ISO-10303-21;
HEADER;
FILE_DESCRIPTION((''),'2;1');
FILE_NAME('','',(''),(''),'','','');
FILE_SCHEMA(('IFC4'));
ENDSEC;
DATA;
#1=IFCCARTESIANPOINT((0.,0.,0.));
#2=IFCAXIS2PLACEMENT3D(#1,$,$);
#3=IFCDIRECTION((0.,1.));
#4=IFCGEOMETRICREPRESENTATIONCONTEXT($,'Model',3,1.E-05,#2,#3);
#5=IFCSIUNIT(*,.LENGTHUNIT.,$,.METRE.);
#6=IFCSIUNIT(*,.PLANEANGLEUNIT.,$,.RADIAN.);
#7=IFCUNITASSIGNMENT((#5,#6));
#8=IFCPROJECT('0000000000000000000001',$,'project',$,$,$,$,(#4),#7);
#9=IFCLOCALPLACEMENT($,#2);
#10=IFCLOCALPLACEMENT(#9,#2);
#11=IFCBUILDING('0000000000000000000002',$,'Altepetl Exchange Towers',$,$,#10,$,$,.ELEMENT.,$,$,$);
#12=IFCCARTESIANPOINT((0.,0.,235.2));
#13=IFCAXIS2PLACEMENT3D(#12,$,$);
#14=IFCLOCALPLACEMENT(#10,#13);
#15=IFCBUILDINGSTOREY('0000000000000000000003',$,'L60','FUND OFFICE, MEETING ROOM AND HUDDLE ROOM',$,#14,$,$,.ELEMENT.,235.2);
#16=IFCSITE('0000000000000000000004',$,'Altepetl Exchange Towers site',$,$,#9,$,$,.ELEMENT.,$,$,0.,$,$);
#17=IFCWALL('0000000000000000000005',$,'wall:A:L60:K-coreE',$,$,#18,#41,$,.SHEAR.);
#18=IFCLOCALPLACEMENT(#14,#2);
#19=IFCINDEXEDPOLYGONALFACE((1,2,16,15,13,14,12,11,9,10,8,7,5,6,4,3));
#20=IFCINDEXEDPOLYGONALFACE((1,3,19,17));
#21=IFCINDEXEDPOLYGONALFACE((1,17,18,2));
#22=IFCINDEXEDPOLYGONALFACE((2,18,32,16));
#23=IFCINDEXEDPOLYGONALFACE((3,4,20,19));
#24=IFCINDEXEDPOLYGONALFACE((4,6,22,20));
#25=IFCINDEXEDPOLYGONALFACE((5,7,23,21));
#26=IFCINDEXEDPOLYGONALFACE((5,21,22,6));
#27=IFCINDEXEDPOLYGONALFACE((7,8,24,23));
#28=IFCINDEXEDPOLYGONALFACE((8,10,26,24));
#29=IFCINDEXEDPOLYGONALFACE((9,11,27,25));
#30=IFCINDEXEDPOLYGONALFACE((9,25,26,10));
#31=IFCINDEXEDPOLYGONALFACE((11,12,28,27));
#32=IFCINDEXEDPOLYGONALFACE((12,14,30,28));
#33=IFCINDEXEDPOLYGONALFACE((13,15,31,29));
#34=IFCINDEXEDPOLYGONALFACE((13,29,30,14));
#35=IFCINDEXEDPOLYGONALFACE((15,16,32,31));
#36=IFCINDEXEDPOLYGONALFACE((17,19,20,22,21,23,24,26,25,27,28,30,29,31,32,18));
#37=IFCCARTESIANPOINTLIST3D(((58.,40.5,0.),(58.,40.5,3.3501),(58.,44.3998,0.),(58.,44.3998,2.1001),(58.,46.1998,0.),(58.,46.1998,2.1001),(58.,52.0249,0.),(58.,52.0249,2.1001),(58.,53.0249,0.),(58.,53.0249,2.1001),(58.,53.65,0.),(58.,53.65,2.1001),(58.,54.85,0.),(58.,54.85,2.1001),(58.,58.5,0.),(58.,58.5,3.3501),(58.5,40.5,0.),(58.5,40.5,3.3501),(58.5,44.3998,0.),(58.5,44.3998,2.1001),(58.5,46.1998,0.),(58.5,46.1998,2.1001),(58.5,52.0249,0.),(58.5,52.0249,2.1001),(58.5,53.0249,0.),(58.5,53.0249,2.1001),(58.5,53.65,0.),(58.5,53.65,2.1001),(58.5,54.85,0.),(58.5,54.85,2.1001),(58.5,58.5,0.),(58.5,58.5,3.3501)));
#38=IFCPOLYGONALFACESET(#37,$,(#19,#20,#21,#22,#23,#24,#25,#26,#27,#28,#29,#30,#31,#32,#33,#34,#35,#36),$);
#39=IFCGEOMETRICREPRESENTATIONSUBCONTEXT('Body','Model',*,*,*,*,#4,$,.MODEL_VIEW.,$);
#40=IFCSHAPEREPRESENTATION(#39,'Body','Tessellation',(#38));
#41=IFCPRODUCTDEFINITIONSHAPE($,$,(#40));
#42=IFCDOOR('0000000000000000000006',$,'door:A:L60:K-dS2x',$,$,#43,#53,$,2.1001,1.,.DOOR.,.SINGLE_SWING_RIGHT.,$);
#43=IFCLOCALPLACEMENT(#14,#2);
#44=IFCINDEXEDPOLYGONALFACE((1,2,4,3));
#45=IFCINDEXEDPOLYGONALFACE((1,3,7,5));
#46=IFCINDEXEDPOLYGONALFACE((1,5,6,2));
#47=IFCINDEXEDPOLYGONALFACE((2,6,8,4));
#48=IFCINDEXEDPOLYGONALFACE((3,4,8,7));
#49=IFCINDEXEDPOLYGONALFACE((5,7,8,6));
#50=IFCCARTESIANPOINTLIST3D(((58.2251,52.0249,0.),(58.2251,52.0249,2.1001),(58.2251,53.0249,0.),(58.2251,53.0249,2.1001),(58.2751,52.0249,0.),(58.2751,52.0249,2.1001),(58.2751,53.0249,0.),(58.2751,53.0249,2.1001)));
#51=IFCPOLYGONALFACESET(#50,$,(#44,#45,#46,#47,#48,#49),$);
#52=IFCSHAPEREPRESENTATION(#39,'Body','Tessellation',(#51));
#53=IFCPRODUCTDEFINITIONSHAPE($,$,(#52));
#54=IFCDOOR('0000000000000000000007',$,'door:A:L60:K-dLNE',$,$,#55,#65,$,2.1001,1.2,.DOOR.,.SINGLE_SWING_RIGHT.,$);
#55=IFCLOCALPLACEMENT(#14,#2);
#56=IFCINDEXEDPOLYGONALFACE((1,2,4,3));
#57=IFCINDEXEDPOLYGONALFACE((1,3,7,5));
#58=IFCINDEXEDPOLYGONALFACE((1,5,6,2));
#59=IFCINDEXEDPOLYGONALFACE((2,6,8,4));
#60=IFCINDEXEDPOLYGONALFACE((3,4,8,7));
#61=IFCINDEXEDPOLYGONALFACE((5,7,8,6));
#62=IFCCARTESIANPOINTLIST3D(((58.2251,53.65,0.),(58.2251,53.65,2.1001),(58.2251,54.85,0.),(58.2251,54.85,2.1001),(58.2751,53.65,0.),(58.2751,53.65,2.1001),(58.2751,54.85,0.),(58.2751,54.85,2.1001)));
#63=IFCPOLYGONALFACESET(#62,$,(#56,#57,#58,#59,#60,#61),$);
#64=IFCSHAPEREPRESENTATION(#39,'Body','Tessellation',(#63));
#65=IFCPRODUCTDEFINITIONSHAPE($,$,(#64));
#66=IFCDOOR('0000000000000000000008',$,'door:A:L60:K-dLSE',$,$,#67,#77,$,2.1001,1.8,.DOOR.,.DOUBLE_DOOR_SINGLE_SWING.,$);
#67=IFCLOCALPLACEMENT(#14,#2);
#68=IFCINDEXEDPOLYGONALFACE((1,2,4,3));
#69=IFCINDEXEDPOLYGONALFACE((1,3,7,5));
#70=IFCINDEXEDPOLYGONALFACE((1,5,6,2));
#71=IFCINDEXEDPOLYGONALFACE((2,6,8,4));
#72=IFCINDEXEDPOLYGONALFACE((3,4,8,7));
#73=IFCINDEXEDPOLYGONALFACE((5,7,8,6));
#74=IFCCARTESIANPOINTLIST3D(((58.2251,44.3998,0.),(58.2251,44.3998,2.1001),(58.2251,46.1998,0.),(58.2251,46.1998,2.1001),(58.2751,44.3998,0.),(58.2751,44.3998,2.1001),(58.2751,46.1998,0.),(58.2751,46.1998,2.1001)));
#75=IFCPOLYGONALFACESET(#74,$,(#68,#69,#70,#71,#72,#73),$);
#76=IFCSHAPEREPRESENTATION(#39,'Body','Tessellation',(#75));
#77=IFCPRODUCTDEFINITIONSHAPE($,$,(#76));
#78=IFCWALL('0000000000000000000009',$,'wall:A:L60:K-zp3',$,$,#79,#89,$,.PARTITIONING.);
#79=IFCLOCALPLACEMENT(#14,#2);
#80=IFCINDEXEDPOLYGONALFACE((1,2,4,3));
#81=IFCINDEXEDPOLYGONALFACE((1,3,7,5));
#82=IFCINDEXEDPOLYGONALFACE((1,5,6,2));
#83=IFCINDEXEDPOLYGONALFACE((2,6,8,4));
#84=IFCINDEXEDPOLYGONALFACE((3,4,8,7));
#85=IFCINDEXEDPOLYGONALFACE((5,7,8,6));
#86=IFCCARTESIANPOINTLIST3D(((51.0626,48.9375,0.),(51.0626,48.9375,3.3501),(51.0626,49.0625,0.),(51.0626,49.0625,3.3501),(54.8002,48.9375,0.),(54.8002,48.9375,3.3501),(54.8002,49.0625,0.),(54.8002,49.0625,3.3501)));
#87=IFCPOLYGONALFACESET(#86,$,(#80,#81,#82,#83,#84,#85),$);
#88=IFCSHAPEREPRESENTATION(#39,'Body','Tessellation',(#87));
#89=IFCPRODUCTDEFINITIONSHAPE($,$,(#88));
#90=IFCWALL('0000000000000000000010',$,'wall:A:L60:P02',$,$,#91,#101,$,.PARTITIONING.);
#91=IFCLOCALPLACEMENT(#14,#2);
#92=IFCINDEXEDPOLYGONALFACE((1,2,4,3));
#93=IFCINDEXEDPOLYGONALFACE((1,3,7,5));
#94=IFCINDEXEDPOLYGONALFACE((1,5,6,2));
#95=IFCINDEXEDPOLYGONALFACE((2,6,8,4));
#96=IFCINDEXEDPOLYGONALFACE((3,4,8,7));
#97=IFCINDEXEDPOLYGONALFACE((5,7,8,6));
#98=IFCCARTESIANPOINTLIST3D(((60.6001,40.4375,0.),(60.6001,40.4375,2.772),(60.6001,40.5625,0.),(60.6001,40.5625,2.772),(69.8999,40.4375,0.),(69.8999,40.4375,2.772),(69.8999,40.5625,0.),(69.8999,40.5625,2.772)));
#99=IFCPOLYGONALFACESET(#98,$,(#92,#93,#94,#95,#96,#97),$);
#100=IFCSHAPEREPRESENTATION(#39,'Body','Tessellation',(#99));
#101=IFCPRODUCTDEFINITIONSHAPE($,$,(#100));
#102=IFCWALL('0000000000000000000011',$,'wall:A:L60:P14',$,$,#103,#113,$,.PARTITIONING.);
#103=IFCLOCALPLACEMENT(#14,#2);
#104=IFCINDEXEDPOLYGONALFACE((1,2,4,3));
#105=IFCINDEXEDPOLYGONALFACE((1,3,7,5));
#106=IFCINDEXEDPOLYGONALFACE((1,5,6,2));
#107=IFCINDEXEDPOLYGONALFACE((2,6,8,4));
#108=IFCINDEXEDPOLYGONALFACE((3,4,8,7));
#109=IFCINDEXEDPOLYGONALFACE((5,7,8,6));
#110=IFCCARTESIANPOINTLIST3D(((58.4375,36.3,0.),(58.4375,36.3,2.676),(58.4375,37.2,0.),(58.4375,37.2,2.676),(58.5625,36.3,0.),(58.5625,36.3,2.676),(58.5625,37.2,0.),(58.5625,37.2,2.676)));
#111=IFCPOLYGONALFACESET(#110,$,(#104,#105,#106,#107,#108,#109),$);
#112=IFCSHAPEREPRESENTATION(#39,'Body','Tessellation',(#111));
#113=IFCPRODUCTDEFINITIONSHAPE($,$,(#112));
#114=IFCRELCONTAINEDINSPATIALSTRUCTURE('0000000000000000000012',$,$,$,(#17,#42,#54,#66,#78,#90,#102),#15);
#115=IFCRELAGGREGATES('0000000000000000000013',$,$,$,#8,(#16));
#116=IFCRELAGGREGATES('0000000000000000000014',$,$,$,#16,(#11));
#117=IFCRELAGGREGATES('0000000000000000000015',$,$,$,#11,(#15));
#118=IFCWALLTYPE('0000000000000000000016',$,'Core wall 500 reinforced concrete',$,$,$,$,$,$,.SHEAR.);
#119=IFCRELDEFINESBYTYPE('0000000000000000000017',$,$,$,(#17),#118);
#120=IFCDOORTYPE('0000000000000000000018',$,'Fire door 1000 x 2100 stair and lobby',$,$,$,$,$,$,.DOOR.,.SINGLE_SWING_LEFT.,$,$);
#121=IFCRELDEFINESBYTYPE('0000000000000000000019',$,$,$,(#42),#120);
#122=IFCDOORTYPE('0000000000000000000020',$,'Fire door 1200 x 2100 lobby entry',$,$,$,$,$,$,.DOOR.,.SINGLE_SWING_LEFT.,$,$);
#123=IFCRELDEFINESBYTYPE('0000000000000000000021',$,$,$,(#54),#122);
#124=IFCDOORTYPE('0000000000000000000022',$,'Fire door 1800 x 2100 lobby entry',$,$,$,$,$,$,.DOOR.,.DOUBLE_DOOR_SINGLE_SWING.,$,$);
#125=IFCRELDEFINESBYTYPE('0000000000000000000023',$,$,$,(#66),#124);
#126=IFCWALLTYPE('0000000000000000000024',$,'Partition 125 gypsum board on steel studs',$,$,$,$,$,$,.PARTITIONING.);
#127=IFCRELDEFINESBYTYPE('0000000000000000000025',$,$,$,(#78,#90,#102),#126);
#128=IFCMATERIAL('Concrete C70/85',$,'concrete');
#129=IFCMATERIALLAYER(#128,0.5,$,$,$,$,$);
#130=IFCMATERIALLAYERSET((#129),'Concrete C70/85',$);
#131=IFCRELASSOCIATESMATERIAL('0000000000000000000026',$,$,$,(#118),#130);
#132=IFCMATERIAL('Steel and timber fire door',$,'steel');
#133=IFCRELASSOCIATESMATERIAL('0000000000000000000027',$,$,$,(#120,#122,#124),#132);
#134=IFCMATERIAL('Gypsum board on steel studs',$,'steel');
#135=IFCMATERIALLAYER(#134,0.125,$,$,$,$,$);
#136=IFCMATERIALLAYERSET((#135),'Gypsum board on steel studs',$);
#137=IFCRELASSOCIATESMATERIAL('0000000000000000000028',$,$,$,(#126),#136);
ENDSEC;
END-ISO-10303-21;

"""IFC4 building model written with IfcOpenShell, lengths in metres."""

from ifc_helpers import new_model, si_unit, direction, frame, frame_2d, origin, place, context, subcontext, project, spatial, rectangle, extrude, material, layer, layer_set, type_object, element, fill, save


model = new_model("IFC4")

# Units and contexts
model_context = context("Model", 3, precision=1e-05, world=origin(), true_north=direction((0.0, 1.0)))
body_context = subcontext(model_context, "Body", "Model", "MODEL_VIEW")
ifc_project = project(units=[si_unit("LENGTHUNIT", "METRE"), si_unit("PLANEANGLEUNIT", "RADIAN")], contexts=[model_context])

# Site, building, storey
site_placement = place(None, origin())
site = spatial("IfcSite", under=ifc_project, at=site_placement, Name="Altepetl Exchange Towers site", CompositionType="ELEMENT", RefElevation=0.0)
building_placement = place(site_placement, origin())
building = spatial("IfcBuilding", under=site, at=building_placement, Name="Altepetl Exchange Towers", CompositionType="ELEMENT")
storey_placement = place(building_placement, frame((0.0, 0.0, 235.2)))
storey = spatial("IfcBuildingStorey", under=building, at=storey_placement, Name="L60", Description="FUND OFFICE, MEETING ROOM AND HUDDLE ROOM", CompositionType="ELEMENT", Elevation=235.2)

# Shared definitions
ifc_material_1 = material(Name="Concrete C70/85", Category="concrete")

# Wall, openings, doors
ifc_layer_1 = layer(ifc_material_1, 0.5)
ifc_layer_set_1 = layer_set([ifc_layer_1], Name="Concrete C70/85")
wall_type_1 = type_object("IfcWallType", Name="Core wall 500 reinforced concrete", PredefinedType="SHEAR", material=ifc_layer_set_1)
wall_1_placement = place(storey_placement, frame((58.25, 40.5, 0.0), z_axis=(0.0, 0.0, 1.0), x_axis=(0.0, 1.0, 0.0)))
wall_1 = element("IfcWall", 1, at=wall_1_placement, inside=storey, type_object=wall_type_1, Name="wall:A:L60:K-coreE", PredefinedType="SHEAR", context=body_context, shape_type="SweptSolid", body=[
    extrude(rectangle(XDim=18.0, YDim=0.5, at=frame_2d((9.0, 0.0))), origin(), (0.0, 0.0, 1.0), 3.3501),
])
opening_1_placement = place(wall_1_placement, frame((13.1499, 0.0, 0.0)))
opening_1 = element("IfcOpeningElement", 2, at=opening_1_placement, cuts=wall_1, PredefinedType="OPENING", context=body_context, shape_type="SweptSolid", body=[
    extrude(rectangle(XDim=1.2, YDim=2.1001, at=frame_2d((0.6001, 1.05))), frame((0.0, 0.26, 0.0), z_axis=(0.0, -1.0, 0.0), x_axis=(1.0, 0.0, 0.0)), (0.0, 0.0, 1.0), 0.52),
])
opening_2_placement = place(wall_1_placement, frame((3.8999, 0.0, 0.0)))
opening_2 = element("IfcOpeningElement", 3, at=opening_2_placement, cuts=wall_1, PredefinedType="OPENING", context=body_context, shape_type="SweptSolid", body=[
    extrude(rectangle(XDim=1.8, YDim=2.1001, at=frame_2d((0.8999, 1.05))), frame((0.0, 0.26, 0.0), z_axis=(0.0, -1.0, 0.0), x_axis=(1.0, 0.0, 0.0)), (0.0, 0.0, 1.0), 0.52),
])
opening_3_placement = place(wall_1_placement, frame((11.5249, 0.0, 0.0)))
opening_3 = element("IfcOpeningElement", 4, at=opening_3_placement, cuts=wall_1, PredefinedType="OPENING", context=body_context, shape_type="SweptSolid", body=[
    extrude(rectangle(XDim=1.0, YDim=2.1001, at=frame_2d((0.5, 1.05))), frame((0.0, 0.26, 0.0), z_axis=(0.0, -1.0, 0.0), x_axis=(1.0, 0.0, 0.0)), (0.0, 0.0, 1.0), 0.52),
])
ifc_material_2 = material(Name="Steel and timber fire door", Category="steel")
door_type_1 = type_object("IfcDoorType", Name="Fire door 1000 x 2100 stair and lobby", OperationType="SINGLE_SWING_LEFT", PredefinedType="DOOR", material=ifc_material_2)
door_1_placement = place(opening_3_placement, origin())
door_1 = element("IfcDoor", 5, at=door_1_placement, inside=storey, type_object=door_type_1, Name="door:A:L60:K-dS2x", OperationType="SINGLE_SWING_RIGHT", OverallHeight=2.1001, OverallWidth=1.0, PredefinedType="DOOR", context=body_context, shape_type="SweptSolid", body=[
    extrude(rectangle(XDim=1.0, YDim=2.1001, at=frame_2d((0.5, 1.05))), frame((0.0, 0.0249, 0.0), z_axis=(0.0, -1.0, 0.0), x_axis=(1.0, 0.0, 0.0)), (0.0, 0.0, 1.0), 0.05),
])
fill(opening_3, door_1)
door_type_2 = type_object("IfcDoorType", Name="Fire door 1200 x 2100 lobby entry", OperationType="SINGLE_SWING_LEFT", PredefinedType="DOOR", material=ifc_material_2)
door_2_placement = place(opening_1_placement, origin())
door_2 = element("IfcDoor", 6, at=door_2_placement, inside=storey, type_object=door_type_2, Name="door:A:L60:K-dLNE", OperationType="SINGLE_SWING_RIGHT", OverallHeight=2.1001, OverallWidth=1.2, PredefinedType="DOOR", context=body_context, shape_type="SweptSolid", body=[
    extrude(rectangle(XDim=1.2, YDim=2.1001, at=frame_2d((0.6001, 1.05))), frame((0.0, 0.0249, 0.0), z_axis=(0.0, -1.0, 0.0), x_axis=(1.0, 0.0, 0.0)), (0.0, 0.0, 1.0), 0.05),
])
fill(opening_1, door_2)
door_type_3 = type_object("IfcDoorType", Name="Fire door 1800 x 2100 lobby entry", OperationType="DOUBLE_DOOR_SINGLE_SWING", PredefinedType="DOOR", material=ifc_material_2)
door_3_placement = place(opening_2_placement, origin())
door_3 = element("IfcDoor", 7, at=door_3_placement, inside=storey, type_object=door_type_3, Name="door:A:L60:K-dLSE", OperationType="DOUBLE_DOOR_SINGLE_SWING", OverallHeight=2.1001, OverallWidth=1.8, PredefinedType="DOOR", context=body_context, shape_type="SweptSolid", body=[
    extrude(rectangle(XDim=1.8, YDim=2.1001, at=frame_2d((0.8999, 1.05))), frame((0.0, 0.0249, 0.0), z_axis=(0.0, -1.0, 0.0), x_axis=(1.0, 0.0, 0.0)), (0.0, 0.0, 1.0), 0.05),
])
fill(opening_2, door_3)

# Walls
ifc_material_3 = material(Name="Gypsum board on steel studs", Category="steel")
ifc_layer_2 = layer(ifc_material_3, 0.125)
ifc_layer_set_2 = layer_set([ifc_layer_2], Name="Gypsum board on steel studs")
wall_type_2 = type_object("IfcWallType", Name="Partition 125 gypsum board on steel studs", PredefinedType="PARTITIONING", material=ifc_layer_set_2)
wall_2_placement = place(storey_placement, frame((54.8, 49.0, 0.0), z_axis=(0.0, 0.0, 1.0), x_axis=(-1.0, 0.0, 0.0)))
element("IfcWall", 8, at=wall_2_placement, inside=storey, type_object=wall_type_2, Name="wall:A:L60:K-zp3", PredefinedType="PARTITIONING", context=body_context, shape_type="SweptSolid", body=[
    extrude(rectangle(XDim=3.7375, YDim=0.125, at=frame_2d((1.8687, 0.0))), origin(), (0.0, 0.0, 1.0), 3.3501),
])
wall_3_placement = place(storey_placement, frame((60.6001, 40.5, 0.0)))
element("IfcWall", 9, at=wall_3_placement, inside=storey, type_object=wall_type_2, Name="wall:A:L60:P02", PredefinedType="PARTITIONING", context=body_context, shape_type="SweptSolid", body=[
    extrude(rectangle(XDim=9.2998, YDim=0.125, at=frame_2d((4.6499, 0.0))), origin(), (0.0, 0.0, 1.0), 2.772),
])
wall_4_placement = place(storey_placement, frame((58.5, 36.3, 0.0), z_axis=(0.0, 0.0, 1.0), x_axis=(0.0, 1.0, 0.0)))
element("IfcWall", 10, at=wall_4_placement, inside=storey, type_object=wall_type_2, Name="wall:A:L60:P14", PredefinedType="PARTITIONING", context=body_context, shape_type="SweptSolid", body=[
    extrude(rectangle(XDim=0.8999, YDim=0.125, at=frame_2d((0.45, 0.0))), origin(), (0.0, 0.0, 1.0), 2.676),
])

save(model, "model.ifc")
